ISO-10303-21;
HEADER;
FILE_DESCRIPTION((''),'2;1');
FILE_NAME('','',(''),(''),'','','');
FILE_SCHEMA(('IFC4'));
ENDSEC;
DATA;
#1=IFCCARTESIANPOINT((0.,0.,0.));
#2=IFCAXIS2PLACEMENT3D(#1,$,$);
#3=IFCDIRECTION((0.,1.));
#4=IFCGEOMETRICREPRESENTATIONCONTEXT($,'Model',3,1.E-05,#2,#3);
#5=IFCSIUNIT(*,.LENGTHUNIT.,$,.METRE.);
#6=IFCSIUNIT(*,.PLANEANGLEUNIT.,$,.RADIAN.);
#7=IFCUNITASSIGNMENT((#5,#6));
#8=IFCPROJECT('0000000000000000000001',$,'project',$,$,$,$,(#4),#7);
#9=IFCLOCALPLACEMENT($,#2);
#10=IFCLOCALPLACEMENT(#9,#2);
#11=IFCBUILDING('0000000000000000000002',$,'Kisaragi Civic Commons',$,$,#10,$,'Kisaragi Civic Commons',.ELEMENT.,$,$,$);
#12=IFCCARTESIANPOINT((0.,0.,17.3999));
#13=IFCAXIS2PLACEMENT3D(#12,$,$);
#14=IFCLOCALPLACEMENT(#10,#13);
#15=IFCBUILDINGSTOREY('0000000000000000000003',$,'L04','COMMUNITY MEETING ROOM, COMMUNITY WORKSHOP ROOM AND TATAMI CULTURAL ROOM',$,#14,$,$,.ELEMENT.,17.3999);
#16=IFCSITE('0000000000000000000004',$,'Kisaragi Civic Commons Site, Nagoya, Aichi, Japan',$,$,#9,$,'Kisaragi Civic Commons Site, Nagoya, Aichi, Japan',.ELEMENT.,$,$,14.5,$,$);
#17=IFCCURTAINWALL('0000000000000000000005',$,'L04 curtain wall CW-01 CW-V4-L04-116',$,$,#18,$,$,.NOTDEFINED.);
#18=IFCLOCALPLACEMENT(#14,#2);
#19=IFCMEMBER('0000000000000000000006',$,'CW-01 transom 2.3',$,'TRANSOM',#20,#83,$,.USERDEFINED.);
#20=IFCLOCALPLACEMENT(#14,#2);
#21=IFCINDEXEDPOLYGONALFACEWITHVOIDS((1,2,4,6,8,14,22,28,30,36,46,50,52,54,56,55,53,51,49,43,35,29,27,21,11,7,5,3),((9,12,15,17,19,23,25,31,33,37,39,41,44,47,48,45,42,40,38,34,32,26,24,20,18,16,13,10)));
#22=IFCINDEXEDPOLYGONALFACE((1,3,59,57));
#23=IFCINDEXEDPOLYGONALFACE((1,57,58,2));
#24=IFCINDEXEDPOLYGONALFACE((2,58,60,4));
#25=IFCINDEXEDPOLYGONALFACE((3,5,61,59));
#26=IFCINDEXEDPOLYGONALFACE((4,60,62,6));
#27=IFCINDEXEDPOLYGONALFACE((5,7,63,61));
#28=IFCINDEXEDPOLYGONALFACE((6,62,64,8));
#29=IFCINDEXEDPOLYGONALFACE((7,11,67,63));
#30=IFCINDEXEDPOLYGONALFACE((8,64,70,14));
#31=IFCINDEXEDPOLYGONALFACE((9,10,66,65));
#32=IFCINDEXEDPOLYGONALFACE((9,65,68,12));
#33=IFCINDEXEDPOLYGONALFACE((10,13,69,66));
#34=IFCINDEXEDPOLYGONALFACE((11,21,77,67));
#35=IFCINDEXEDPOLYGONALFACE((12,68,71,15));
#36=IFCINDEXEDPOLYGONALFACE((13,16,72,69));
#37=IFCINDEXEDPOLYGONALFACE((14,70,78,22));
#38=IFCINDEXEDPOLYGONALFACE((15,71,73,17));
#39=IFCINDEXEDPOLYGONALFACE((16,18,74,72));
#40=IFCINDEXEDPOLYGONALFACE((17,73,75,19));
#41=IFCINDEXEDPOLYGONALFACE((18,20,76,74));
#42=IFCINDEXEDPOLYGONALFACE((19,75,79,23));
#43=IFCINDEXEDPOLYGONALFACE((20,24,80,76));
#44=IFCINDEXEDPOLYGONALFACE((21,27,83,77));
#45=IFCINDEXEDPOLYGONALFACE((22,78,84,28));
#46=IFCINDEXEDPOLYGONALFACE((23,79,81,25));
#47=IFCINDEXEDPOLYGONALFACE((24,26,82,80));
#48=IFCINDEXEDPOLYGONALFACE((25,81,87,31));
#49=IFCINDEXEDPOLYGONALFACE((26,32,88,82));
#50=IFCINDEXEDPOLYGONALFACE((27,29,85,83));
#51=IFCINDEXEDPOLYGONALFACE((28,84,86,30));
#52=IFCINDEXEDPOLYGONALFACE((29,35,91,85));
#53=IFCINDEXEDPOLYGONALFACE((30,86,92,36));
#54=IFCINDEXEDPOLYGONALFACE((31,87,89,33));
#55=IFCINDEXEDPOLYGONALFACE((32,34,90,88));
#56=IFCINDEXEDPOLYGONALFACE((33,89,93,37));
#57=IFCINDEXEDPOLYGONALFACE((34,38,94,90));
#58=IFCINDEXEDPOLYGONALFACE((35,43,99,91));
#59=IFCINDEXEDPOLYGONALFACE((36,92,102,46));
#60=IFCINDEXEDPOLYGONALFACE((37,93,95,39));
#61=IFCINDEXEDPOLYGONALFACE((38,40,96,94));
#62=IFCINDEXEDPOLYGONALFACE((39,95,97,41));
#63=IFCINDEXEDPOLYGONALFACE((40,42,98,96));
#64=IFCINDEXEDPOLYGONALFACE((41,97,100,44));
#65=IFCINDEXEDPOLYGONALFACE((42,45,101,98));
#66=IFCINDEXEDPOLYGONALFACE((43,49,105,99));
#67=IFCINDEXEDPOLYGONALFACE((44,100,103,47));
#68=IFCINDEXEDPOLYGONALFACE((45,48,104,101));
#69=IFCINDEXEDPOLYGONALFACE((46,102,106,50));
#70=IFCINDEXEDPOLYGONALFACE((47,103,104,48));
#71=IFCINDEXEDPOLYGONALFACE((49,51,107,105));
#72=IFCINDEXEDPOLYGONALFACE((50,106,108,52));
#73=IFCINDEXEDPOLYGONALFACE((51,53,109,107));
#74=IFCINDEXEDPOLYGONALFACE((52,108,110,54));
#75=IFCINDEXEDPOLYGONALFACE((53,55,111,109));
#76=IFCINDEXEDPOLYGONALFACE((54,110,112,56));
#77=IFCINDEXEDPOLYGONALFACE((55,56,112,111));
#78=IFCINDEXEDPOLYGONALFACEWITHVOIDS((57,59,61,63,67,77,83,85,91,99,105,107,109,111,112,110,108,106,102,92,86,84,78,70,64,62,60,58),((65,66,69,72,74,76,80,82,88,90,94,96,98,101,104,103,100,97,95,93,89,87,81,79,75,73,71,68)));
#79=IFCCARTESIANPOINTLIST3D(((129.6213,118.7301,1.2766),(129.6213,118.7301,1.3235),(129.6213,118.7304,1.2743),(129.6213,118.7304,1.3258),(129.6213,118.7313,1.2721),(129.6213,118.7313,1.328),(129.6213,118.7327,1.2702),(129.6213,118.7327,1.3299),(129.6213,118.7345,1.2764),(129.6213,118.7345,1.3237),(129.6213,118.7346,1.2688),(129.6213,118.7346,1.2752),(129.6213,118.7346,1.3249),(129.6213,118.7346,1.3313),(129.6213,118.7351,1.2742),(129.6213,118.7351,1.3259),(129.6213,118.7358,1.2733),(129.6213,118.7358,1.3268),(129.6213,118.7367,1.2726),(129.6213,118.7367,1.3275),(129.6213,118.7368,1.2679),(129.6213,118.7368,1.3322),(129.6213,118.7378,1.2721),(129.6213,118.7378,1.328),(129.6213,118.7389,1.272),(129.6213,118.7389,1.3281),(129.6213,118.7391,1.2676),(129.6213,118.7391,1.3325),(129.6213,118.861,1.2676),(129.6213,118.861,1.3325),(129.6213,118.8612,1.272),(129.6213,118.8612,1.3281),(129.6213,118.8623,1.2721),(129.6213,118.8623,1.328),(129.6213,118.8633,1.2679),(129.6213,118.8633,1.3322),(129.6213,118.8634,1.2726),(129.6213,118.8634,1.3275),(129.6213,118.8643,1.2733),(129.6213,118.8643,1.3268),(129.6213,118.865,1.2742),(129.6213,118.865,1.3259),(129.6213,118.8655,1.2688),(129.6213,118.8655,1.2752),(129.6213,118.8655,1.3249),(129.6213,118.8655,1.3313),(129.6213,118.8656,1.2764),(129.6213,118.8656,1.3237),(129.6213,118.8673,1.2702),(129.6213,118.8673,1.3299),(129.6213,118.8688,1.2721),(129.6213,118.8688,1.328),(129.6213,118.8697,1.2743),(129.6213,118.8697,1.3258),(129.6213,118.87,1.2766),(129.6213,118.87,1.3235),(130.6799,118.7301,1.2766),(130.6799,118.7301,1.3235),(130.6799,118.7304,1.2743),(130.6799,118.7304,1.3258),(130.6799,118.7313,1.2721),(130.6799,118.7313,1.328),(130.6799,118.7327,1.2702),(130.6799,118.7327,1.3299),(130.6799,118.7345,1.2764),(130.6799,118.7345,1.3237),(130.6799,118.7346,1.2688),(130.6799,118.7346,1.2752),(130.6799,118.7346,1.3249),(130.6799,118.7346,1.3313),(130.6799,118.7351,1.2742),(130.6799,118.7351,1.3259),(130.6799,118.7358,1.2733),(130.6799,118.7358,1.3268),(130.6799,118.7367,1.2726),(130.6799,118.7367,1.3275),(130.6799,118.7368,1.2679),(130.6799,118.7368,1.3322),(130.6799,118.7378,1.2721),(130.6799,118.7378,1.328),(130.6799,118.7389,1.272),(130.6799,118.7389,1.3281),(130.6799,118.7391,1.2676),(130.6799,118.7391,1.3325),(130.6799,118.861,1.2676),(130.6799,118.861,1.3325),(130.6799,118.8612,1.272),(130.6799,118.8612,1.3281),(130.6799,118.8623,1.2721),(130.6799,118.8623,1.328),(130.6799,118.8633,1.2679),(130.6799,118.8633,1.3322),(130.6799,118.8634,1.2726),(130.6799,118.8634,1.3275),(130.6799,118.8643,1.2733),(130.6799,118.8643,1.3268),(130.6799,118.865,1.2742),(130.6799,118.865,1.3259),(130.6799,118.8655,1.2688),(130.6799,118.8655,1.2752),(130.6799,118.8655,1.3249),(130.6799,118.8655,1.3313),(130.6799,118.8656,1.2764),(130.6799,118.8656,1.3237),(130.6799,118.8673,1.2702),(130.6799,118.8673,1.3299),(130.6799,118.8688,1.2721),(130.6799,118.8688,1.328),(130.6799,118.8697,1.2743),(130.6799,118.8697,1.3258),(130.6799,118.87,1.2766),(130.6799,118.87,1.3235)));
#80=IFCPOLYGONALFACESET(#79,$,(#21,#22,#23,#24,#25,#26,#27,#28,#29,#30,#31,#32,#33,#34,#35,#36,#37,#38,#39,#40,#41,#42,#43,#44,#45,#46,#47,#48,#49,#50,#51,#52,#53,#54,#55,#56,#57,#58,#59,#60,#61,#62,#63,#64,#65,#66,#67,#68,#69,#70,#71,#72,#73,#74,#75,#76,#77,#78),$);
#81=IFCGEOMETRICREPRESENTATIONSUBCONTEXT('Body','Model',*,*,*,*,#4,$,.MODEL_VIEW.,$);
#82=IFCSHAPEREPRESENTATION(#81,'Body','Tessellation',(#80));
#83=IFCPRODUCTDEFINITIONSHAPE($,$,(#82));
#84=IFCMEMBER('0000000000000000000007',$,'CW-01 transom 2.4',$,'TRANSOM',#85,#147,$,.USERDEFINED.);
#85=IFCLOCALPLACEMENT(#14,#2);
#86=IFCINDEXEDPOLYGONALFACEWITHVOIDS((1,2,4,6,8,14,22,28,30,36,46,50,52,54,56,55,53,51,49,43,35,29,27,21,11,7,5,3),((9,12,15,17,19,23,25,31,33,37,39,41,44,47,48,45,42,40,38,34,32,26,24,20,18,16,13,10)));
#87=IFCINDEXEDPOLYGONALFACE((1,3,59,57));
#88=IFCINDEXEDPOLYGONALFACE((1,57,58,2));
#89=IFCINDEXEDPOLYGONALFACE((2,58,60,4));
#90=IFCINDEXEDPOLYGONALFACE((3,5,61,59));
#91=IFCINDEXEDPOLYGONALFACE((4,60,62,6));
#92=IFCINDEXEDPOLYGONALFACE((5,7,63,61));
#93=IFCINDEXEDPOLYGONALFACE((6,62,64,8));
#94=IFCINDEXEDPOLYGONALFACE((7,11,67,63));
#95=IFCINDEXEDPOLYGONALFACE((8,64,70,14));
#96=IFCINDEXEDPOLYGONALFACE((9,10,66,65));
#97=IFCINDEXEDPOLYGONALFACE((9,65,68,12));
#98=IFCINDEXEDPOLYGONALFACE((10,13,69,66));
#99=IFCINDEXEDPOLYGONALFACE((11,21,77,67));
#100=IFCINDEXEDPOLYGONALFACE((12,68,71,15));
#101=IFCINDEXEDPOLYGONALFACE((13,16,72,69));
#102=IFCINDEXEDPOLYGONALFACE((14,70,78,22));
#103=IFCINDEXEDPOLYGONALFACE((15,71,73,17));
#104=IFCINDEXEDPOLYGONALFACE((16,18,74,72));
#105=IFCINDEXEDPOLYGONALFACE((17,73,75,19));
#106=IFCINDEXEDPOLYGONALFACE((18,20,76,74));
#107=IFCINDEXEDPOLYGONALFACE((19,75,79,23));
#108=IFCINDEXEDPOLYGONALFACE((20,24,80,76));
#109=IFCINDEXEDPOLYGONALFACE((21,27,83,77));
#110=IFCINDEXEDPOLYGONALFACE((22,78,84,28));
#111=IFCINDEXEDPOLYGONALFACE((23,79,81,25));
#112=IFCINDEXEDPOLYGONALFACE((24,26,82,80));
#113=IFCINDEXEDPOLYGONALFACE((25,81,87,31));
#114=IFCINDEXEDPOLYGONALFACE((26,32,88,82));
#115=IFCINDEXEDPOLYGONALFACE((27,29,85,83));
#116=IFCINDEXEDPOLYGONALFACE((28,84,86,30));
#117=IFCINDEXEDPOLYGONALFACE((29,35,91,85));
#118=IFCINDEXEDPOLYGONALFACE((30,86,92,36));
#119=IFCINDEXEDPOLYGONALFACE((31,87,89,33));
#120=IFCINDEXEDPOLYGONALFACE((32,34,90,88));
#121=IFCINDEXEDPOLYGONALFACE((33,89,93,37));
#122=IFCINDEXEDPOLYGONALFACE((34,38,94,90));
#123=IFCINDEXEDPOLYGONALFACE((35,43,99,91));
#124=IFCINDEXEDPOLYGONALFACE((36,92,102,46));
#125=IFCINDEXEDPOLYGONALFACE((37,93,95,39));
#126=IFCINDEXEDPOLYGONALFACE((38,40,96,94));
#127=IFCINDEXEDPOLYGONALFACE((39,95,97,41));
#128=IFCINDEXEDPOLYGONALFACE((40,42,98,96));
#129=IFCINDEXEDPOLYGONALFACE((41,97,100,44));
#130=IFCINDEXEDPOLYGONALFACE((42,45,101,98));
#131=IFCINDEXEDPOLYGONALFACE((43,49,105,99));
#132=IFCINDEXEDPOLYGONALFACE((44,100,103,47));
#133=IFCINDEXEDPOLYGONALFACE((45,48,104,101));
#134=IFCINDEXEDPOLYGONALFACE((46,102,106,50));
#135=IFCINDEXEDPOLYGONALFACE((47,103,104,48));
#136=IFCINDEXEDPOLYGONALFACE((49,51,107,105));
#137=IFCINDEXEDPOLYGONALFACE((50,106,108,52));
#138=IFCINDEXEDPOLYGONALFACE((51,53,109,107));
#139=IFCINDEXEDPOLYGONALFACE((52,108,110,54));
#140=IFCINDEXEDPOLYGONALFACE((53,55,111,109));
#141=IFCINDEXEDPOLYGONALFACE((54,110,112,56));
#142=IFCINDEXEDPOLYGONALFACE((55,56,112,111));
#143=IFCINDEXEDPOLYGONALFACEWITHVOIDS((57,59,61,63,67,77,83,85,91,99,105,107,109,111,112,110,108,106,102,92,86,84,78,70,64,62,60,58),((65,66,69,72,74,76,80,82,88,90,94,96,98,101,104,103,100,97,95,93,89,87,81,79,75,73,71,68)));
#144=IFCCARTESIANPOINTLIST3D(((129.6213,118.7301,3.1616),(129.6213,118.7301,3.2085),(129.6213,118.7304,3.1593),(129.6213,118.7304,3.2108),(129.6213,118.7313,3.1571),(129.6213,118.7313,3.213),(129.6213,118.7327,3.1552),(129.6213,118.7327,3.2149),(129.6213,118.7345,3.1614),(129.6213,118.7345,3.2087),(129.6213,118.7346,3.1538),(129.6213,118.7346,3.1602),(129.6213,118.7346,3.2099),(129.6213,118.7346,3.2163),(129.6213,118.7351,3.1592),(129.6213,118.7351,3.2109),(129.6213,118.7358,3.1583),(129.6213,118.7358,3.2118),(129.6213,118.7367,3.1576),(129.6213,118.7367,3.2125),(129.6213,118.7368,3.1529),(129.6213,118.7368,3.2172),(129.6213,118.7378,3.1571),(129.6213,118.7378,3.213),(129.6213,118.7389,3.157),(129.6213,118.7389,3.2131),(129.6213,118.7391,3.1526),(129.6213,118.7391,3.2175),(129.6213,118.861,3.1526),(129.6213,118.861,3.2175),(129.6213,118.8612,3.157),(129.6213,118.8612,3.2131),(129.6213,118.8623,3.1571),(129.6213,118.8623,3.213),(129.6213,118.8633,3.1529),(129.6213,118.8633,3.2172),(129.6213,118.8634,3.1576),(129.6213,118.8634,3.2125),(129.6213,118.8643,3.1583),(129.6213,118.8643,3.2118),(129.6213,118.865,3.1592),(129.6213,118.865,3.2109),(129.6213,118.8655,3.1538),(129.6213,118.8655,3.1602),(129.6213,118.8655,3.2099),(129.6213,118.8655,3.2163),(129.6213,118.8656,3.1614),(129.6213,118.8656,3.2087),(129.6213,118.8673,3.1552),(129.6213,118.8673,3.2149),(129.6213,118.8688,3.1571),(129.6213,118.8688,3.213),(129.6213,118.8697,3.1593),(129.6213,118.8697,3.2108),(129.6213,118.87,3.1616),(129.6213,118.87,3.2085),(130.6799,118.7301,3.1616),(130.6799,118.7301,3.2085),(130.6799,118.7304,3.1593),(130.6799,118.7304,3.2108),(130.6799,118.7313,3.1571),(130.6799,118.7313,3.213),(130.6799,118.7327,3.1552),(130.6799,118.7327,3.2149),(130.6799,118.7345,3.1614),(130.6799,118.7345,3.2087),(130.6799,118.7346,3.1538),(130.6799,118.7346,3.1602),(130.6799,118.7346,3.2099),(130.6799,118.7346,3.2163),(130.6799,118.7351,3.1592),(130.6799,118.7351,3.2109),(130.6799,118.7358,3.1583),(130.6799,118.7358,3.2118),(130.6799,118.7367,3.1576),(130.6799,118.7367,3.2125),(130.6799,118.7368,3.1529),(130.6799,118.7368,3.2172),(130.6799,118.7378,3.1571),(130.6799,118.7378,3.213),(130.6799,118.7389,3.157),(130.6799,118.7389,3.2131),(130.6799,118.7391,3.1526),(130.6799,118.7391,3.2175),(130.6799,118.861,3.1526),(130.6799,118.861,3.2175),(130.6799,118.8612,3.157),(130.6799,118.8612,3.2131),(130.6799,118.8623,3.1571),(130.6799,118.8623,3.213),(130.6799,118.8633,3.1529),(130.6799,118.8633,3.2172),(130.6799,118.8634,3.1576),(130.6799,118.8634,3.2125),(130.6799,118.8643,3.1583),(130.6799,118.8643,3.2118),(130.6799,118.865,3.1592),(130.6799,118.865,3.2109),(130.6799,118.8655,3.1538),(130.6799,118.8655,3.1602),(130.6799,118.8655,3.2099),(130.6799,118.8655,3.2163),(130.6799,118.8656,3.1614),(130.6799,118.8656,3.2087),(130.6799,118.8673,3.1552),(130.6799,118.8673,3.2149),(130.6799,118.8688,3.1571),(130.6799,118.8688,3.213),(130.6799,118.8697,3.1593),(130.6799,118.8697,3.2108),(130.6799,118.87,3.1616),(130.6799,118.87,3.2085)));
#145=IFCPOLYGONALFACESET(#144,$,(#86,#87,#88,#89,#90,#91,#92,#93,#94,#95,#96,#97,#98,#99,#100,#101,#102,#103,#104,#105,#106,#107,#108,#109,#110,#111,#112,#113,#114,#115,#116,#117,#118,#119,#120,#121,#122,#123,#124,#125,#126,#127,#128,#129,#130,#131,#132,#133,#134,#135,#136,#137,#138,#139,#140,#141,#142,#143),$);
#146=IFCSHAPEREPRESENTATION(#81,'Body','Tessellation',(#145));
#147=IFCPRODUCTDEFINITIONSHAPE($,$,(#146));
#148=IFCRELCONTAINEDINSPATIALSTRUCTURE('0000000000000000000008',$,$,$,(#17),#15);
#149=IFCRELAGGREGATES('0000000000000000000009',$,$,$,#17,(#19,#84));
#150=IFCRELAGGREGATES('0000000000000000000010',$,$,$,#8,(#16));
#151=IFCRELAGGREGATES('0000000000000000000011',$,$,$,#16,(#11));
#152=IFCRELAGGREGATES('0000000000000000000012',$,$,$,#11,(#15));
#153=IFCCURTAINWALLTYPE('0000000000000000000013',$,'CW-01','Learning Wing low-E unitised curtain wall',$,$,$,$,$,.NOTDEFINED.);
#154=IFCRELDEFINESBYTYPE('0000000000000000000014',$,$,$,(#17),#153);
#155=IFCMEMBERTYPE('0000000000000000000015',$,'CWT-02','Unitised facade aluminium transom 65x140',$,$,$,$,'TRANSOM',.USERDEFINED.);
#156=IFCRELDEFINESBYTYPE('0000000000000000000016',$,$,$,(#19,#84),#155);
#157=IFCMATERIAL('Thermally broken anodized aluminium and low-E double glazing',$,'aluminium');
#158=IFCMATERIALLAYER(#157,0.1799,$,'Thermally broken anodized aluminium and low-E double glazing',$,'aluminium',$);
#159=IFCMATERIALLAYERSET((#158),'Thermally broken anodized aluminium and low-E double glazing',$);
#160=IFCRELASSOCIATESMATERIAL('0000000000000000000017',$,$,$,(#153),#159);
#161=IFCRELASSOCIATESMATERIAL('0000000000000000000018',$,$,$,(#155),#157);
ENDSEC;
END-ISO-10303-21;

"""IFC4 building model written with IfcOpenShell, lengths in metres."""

from ifc_helpers import new_model, si_unit, direction, frame, origin, origin_2d, place, context, subcontext, project, spatial, hollow_rectangle, extrude, material, layer, layer_set, material_profile, profile_set, type_object, element, aggregate, save


model = new_model("IFC4")

# Units and contexts
model_context = context("Model", 3, precision=1e-05, world=origin(), true_north=direction((0.0, 1.0)))
body_context = subcontext(model_context, "Body", "Model", "MODEL_VIEW")
ifc_project = project(units=[si_unit("LENGTHUNIT", "METRE"), si_unit("PLANEANGLEUNIT", "RADIAN")], contexts=[model_context])

# Site, building, storey
site_placement = place(None, origin())
site = spatial("IfcSite", under=ifc_project, at=site_placement, Name="Kisaragi Civic Commons Site, Nagoya, Aichi, Japan", LongName="Kisaragi Civic Commons Site, Nagoya, Aichi, Japan", CompositionType="ELEMENT", RefElevation=14.5)
building_placement = place(site_placement, origin())
building = spatial("IfcBuilding", under=site, at=building_placement, Name="Kisaragi Civic Commons", LongName="Kisaragi Civic Commons", CompositionType="ELEMENT")
storey_placement = place(building_placement, frame((0.0, 0.0, 17.3999)))
storey = spatial("IfcBuildingStorey", under=building, at=storey_placement, Name="L04", Description="COMMUNITY MEETING ROOM, COMMUNITY WORKSHOP ROOM AND TATAMI CULTURAL ROOM", CompositionType="ELEMENT", Elevation=17.3999)

# Shared definitions
ifc_material_1 = material(Name="Thermally broken anodized aluminium and low-E double glazing", Category="aluminium")
ifc_layer_1 = layer(ifc_material_1, 0.1799, Name="Thermally broken anodized aluminium and low-E double glazing", Category="aluminium")
ifc_layer_set_1 = layer_set([ifc_layer_1], Name="Thermally broken anodized aluminium and low-E double glazing")
curtain_wall_type = type_object("IfcCurtainWallType", Name="CW-01", Description="Learning Wing low-E unitised curtain wall", PredefinedType="NOTDEFINED", material=ifc_layer_set_1)

# Curtain wall, members
curtain_wall_1_placement = place(storey_placement, origin())
curtain_wall_1 = element("IfcCurtainWall", 1, at=curtain_wall_1_placement, inside=storey, type_object=curtain_wall_type, Name="L04 curtain wall CW-01 CW-V4-L04-116", PredefinedType="NOTDEFINED")
ifc_material_profile_1 = material_profile(ifc_material_1, hollow_rectangle(XDim=0.1399, YDim=0.0649, WallThickness=0.0044, InnerFilletRadius=0.0044, OuterFilletRadius=0.009, at=origin_2d()), Name="CWT-65x140x4.5", Category="aluminium")
ifc_profile_set_1 = profile_set([ifc_material_profile_1], Name="Thermally broken anodized aluminium and low-E double glazing")
member_type_1 = type_object("IfcMemberType", Name="CWT-02", Description="Unitised facade aluminium transom 65x140", ElementType="TRANSOM", PredefinedType="USERDEFINED", material=ifc_profile_set_1)
member_1_placement = place(storey_placement, frame((129.6213, 118.8, 1.3), z_axis=(1.0, 0.0, 0.0), x_axis=(0.0, 1.0, 0.0)))
member_1 = element("IfcMember", 2, at=member_1_placement, type_object=member_type_1, Name="CW-01 transom 2.3", ObjectType="TRANSOM", PredefinedType="USERDEFINED", context=body_context, shape_type="SweptSolid", body=[
    extrude(hollow_rectangle(XDim=0.1399, YDim=0.0649, WallThickness=0.0044, InnerFilletRadius=0.0044, OuterFilletRadius=0.009, at=origin_2d()), origin(), (0.0, 0.0, 1.0), 1.0586),
])
member_2_placement = place(storey_placement, frame((129.6213, 118.8, 3.1851), z_axis=(1.0, 0.0, 0.0), x_axis=(0.0, 1.0, 0.0)))
member_2 = element("IfcMember", 3, at=member_2_placement, type_object=member_type_1, Name="CW-01 transom 2.4", ObjectType="TRANSOM", PredefinedType="USERDEFINED", context=body_context, shape_type="SweptSolid", body=[
    extrude(hollow_rectangle(XDim=0.1399, YDim=0.0649, WallThickness=0.0044, InnerFilletRadius=0.0044, OuterFilletRadius=0.009, at=origin_2d()), origin(), (0.0, 0.0, 1.0), 1.0586),
])

aggregate(curtain_wall_1, [member_1, member_2])

save(model, "model.ifc")
